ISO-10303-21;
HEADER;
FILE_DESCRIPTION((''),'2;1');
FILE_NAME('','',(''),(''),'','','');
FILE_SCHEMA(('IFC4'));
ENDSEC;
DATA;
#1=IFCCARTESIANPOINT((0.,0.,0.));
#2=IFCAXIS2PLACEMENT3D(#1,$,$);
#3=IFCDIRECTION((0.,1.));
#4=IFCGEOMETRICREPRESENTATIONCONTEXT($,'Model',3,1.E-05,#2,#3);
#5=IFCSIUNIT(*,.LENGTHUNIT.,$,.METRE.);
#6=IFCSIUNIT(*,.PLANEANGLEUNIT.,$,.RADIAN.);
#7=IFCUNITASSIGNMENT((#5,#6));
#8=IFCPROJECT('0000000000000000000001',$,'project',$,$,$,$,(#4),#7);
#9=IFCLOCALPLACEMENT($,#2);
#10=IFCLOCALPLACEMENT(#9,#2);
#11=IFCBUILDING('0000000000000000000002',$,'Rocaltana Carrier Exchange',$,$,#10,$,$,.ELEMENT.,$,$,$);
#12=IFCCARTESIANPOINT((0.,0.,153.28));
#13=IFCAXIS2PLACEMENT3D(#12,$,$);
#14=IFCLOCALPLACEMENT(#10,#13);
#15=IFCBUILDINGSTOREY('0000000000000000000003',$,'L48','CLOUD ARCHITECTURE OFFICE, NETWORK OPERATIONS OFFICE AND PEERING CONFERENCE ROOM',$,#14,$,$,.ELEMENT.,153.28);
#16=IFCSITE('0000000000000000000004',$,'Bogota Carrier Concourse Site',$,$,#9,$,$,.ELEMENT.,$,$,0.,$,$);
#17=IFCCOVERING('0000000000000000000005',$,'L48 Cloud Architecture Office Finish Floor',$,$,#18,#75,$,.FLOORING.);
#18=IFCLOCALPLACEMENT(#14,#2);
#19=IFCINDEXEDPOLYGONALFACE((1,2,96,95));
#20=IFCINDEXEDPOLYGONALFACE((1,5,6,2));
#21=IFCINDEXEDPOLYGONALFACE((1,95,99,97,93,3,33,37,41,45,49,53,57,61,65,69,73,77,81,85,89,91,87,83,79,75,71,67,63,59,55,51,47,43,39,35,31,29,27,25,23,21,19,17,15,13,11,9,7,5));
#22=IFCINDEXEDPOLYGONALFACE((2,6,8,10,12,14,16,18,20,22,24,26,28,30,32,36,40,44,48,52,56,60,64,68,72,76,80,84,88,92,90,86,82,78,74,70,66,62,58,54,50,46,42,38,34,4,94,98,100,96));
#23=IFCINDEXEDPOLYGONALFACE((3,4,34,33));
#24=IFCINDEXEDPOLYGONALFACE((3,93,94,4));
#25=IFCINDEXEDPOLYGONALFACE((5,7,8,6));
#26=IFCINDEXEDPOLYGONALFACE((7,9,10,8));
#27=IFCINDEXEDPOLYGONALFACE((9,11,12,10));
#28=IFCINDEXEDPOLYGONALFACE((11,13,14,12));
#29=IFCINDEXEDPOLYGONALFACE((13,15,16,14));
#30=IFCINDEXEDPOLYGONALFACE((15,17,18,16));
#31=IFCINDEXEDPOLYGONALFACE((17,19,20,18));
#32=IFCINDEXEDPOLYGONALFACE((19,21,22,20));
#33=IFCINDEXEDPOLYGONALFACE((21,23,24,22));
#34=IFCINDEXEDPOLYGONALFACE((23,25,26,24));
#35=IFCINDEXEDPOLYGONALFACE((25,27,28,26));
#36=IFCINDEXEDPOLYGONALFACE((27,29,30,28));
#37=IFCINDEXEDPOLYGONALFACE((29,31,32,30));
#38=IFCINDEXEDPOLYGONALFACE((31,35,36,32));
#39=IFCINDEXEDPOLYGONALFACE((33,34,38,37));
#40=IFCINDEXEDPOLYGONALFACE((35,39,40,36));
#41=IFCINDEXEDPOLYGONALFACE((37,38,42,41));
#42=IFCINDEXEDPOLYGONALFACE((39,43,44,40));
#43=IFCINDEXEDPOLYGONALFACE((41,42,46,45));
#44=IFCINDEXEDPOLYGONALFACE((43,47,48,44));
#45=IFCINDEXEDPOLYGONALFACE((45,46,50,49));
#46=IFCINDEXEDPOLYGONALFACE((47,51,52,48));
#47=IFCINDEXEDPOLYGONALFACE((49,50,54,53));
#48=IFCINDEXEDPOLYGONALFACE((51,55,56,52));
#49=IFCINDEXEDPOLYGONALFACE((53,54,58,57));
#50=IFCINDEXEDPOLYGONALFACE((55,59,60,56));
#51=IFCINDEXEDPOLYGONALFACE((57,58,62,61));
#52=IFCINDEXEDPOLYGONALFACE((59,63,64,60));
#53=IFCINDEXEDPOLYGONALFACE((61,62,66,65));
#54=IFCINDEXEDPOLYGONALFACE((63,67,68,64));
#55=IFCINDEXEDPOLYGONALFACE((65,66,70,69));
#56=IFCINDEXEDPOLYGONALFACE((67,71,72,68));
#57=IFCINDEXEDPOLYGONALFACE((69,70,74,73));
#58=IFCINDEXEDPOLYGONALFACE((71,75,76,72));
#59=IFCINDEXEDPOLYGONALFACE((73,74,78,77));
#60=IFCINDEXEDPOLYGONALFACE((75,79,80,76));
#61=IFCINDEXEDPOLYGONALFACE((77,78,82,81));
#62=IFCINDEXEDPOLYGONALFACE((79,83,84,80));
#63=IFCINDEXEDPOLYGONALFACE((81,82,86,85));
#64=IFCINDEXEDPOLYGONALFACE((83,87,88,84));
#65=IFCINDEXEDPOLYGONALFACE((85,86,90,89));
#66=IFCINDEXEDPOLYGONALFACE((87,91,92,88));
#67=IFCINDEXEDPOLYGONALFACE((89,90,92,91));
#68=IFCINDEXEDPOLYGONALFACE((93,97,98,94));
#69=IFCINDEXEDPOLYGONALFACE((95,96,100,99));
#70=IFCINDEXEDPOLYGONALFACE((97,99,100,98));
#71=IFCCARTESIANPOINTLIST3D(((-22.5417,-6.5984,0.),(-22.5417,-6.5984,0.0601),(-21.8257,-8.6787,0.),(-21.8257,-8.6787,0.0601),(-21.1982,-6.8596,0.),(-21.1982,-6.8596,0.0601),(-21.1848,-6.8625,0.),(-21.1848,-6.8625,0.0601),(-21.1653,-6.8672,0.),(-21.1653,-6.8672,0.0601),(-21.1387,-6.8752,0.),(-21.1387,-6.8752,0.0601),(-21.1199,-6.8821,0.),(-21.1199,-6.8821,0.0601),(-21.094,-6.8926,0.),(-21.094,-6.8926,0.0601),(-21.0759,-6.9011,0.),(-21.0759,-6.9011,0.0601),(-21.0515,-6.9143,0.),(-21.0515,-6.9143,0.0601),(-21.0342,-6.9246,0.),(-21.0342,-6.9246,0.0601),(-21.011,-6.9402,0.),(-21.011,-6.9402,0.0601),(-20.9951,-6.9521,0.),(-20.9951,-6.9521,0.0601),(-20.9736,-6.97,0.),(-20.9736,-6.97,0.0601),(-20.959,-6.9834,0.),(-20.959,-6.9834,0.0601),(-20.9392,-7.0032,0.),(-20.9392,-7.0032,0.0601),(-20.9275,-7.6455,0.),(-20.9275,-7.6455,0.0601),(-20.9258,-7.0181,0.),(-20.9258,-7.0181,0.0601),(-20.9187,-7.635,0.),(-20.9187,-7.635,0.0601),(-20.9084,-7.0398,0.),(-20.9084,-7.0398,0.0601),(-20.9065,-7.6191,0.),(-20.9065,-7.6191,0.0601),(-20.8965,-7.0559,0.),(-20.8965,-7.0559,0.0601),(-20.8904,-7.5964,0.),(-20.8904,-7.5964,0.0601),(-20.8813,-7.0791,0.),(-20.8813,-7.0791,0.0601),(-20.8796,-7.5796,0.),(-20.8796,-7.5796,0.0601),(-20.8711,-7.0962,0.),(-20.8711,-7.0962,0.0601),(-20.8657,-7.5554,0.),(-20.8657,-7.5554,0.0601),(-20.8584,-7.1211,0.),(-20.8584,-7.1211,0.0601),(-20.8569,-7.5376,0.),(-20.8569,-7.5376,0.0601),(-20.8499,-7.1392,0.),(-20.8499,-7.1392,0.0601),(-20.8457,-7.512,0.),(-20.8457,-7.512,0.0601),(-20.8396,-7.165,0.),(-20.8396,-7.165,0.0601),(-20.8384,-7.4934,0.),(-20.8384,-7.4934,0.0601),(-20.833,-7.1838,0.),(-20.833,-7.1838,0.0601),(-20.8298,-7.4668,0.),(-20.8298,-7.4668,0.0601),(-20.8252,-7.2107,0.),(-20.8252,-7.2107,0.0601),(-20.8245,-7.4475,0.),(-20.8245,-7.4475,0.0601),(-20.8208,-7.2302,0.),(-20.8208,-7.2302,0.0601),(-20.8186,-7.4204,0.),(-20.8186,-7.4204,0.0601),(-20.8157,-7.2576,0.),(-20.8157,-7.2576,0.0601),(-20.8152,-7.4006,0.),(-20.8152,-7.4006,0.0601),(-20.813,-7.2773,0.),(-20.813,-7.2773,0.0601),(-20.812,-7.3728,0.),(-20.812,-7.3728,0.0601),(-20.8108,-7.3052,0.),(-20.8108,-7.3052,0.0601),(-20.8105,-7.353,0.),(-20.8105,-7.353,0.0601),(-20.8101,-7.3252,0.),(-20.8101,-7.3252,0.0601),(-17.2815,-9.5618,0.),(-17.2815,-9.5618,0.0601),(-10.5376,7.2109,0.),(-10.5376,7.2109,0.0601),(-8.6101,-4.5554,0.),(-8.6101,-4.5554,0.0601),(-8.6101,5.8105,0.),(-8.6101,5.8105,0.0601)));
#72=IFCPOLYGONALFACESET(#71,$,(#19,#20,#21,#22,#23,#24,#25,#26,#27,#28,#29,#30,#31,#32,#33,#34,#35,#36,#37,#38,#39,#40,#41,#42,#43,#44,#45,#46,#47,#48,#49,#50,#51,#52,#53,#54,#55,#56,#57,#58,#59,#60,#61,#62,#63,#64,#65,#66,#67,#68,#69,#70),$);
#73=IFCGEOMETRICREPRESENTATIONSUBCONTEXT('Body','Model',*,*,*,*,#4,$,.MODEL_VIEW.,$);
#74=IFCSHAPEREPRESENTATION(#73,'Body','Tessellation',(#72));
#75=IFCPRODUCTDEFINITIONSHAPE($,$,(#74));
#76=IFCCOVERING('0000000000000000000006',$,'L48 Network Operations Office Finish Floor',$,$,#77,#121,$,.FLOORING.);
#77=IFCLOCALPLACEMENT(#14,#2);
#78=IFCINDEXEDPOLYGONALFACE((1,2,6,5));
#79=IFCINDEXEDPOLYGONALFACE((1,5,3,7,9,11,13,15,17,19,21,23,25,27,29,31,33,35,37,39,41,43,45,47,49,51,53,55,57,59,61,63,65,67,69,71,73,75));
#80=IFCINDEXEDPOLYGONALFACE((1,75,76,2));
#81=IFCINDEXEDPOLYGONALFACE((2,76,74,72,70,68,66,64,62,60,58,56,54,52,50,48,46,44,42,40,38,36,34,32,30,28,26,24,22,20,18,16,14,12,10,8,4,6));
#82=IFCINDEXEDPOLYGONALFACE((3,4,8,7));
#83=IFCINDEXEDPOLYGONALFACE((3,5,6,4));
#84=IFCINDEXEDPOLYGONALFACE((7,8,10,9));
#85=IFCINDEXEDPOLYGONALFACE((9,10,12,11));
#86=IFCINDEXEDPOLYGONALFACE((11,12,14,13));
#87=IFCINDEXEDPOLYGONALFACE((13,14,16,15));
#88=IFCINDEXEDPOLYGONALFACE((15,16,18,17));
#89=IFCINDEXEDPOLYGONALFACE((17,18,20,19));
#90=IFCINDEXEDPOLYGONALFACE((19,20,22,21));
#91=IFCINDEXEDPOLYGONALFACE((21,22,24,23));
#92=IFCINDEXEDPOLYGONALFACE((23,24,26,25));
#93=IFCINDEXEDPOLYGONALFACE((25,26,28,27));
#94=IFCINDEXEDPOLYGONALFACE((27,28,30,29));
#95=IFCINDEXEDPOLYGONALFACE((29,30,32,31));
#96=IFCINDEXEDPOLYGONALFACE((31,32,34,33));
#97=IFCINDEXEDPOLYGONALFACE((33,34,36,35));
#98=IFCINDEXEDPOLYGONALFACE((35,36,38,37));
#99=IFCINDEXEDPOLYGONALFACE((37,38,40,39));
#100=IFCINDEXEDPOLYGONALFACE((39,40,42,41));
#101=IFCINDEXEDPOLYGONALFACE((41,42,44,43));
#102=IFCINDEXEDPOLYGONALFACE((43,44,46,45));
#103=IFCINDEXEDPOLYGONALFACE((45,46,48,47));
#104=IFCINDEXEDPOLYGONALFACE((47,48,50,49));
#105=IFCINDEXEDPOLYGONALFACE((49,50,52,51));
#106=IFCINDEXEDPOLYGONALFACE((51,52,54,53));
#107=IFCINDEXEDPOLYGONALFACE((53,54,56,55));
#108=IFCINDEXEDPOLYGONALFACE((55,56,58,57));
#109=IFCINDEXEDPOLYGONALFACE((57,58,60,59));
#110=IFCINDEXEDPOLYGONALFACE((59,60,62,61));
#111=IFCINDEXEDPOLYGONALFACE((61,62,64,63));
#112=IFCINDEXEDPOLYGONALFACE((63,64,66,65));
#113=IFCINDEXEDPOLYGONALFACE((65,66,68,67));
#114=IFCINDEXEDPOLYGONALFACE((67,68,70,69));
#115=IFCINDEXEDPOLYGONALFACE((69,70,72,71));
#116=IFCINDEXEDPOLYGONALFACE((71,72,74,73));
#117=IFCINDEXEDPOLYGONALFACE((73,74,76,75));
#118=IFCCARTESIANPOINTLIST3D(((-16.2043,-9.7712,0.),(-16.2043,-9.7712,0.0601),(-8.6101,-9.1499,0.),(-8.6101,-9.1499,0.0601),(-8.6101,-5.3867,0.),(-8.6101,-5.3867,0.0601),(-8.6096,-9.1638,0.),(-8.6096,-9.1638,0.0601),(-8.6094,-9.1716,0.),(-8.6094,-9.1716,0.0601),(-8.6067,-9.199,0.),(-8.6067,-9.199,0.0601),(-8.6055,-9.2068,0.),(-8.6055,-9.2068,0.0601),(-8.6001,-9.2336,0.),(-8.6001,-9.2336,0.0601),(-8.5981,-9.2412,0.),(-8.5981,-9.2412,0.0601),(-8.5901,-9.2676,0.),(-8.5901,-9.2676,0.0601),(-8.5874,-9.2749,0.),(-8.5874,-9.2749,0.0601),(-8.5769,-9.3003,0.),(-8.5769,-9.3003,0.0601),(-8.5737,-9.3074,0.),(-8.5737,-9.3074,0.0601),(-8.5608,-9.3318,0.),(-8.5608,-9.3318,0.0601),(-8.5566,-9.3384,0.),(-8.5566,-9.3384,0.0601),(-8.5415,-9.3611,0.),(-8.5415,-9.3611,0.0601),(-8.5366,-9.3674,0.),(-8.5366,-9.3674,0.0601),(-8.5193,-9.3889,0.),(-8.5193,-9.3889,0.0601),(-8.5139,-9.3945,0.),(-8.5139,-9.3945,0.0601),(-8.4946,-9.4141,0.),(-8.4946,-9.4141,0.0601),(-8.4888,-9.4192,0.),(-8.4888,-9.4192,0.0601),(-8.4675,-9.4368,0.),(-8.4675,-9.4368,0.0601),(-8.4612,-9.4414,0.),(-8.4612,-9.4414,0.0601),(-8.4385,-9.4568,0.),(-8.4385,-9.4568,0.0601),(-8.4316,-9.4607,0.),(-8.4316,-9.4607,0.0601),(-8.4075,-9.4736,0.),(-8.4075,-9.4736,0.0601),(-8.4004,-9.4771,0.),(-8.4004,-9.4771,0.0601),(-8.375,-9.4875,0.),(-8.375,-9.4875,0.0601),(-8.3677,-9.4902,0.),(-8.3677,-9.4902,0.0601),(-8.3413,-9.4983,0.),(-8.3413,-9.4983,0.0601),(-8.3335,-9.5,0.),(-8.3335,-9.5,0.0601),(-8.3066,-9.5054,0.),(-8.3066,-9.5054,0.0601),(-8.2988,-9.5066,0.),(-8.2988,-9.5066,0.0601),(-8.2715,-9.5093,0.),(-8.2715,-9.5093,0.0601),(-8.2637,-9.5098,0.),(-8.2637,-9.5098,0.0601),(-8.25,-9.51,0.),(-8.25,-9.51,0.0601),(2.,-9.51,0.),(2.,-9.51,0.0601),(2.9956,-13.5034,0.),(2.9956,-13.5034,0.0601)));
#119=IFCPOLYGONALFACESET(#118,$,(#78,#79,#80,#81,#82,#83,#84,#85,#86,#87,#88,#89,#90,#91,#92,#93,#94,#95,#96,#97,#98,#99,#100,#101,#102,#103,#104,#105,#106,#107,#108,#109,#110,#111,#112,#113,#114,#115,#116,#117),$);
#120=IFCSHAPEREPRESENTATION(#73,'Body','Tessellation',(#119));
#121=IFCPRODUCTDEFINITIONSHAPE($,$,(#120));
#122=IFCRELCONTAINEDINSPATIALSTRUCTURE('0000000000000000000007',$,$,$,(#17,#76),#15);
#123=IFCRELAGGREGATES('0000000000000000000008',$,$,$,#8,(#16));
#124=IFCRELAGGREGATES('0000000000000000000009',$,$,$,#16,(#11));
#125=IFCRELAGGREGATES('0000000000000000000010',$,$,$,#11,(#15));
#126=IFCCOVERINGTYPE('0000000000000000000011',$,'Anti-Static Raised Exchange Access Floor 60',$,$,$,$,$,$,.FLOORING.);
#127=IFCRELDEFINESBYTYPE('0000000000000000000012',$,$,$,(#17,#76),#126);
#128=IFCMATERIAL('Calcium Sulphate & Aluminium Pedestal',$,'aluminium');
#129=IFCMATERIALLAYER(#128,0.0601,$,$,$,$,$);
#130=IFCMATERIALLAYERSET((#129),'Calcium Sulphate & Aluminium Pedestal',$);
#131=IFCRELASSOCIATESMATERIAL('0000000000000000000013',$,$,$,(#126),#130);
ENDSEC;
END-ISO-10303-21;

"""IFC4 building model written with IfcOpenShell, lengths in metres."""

from ifc_helpers import new_model, si_unit, direction, frame, origin, place, context, subcontext, project, spatial, polyline, outline, extrude, material, layer, layer_set, type_object, element, save


model = new_model("IFC4")

# Units and contexts
model_context = context("Model", 3, precision=1e-05, world=origin(), true_north=direction((0.0, 1.0)))
body_context = subcontext(model_context, "Body", "Model", "MODEL_VIEW")
ifc_project = project(units=[si_unit("LENGTHUNIT", "METRE"), si_unit("PLANEANGLEUNIT", "RADIAN")], contexts=[model_context])

# Site, building, storey
site_placement = place(None, origin())
site = spatial("IfcSite", under=ifc_project, at=site_placement, Name="Bogota Carrier Concourse Site", CompositionType="ELEMENT", RefElevation=0.0)
building_placement = place(site_placement, origin())
building = spatial("IfcBuilding", under=site, at=building_placement, Name="Rocaltana Carrier Exchange", CompositionType="ELEMENT")
storey_placement = place(building_placement, frame((0.0, 0.0, 153.28)))
storey = spatial("IfcBuildingStorey", under=building, at=storey_placement, Name="L48", Description="CLOUD ARCHITECTURE OFFICE, NETWORK OPERATIONS OFFICE AND PEERING CONFERENCE ROOM", CompositionType="ELEMENT", Elevation=153.28)

# Coverings
ifc_material_1 = material(Name="Calcium Sulphate & Aluminium Pedestal", Category="aluminium")
ifc_layer_1 = layer(ifc_material_1, 0.0601)
ifc_layer_set_1 = layer_set([ifc_layer_1], Name="Calcium Sulphate & Aluminium Pedestal")
covering_type_1 = type_object("IfcCoveringType", Name="Anti-Static Raised Exchange Access Floor 60", PredefinedType="FLOORING", material=ifc_layer_set_1)
covering_1_placement = place(storey_placement, origin())
element("IfcCovering", 1, at=covering_1_placement, inside=storey, type_object=covering_type_1, Name="L48 Cloud Architecture Office Finish Floor", PredefinedType="FLOORING", context=body_context, shape_type="SweptSolid", body=[
    extrude(outline(polyline([(-20.9275, -7.6455), (-20.9187, -7.635), (-20.9065, -7.6191), (-20.8904, -7.5964), (-20.8796, -7.5796), (-20.8657, -7.5554), (-20.8569, -7.5376), (-20.8457, -7.512), (-20.8384, -7.4934), (-20.8298, -7.4668), (-20.8245, -7.4475), (-20.8186, -7.4204), (-20.8152, -7.4006), (-20.812, -7.3728), (-20.8105, -7.353), (-20.8101, -7.3252), (-20.8108, -7.3052), (-20.813, -7.2773), (-20.8157, -7.2576), (-20.8208, -7.2302), (-20.8252, -7.2107), (-20.833, -7.1838), (-20.8396, -7.165), (-20.8499, -7.1392), (-20.8584, -7.1211), (-20.8711, -7.0962), (-20.8813, -7.0791), (-20.8965, -7.0559), (-20.9084, -7.0398), (-20.9258, -7.0181), (-20.9392, -7.0032), (-20.959, -6.9834), (-20.9736, -6.97), (-20.9951, -6.9521), (-21.011, -6.9402), (-21.0342, -6.9246), (-21.0515, -6.9143), (-21.0759, -6.9011), (-21.094, -6.8926), (-21.1199, -6.8821), (-21.1387, -6.8752), (-21.1653, -6.8672), (-21.1848, -6.8625), (-21.1982, -6.8596), (-22.5417, -6.5984), (-10.5376, 7.2109), (-8.6101, 5.8105), (-8.6101, -4.5554), (-17.2815, -9.5618), (-21.8257, -8.6787), (-20.9275, -7.6455)])), origin(), (0.0, 0.0, 1.0), 0.0601),
])
covering_2_placement = place(storey_placement, origin())
element("IfcCovering", 2, at=covering_2_placement, inside=storey, type_object=covering_type_1, Name="L48 Network Operations Office Finish Floor", PredefinedType="FLOORING", context=body_context, shape_type="SweptSolid", body=[
    extrude(outline(polyline([(-16.2043, -9.7712), (-8.6101, -5.3867), (-8.6101, -9.1499), (-8.6096, -9.1638), (-8.6094, -9.1716), (-8.6067, -9.199), (-8.6055, -9.2068), (-8.6001, -9.2336), (-8.5981, -9.2412), (-8.5901, -9.2676), (-8.5874, -9.2749), (-8.5769, -9.3003), (-8.5737, -9.3074), (-8.5608, -9.3318), (-8.5566, -9.3384), (-8.5415, -9.3611), (-8.5366, -9.3674), (-8.5193, -9.3889), (-8.5139, -9.3945), (-8.4946, -9.4141), (-8.4888, -9.4192), (-8.4675, -9.4368), (-8.4612, -9.4414), (-8.4385, -9.4568), (-8.4316, -9.4607), (-8.4075, -9.4736), (-8.4004, -9.4771), (-8.375, -9.4875), (-8.3677, -9.4902), (-8.3413, -9.4983), (-8.3335, -9.5), (-8.3066, -9.5054), (-8.2988, -9.5066), (-8.2715, -9.5093), (-8.2637, -9.5098), (-8.25, -9.51), (2.0, -9.51), (2.9956, -13.5034), (-16.2043, -9.7712)])), origin(), (0.0, 0.0, 1.0), 0.0601),
])

save(model, "model.ifc")
